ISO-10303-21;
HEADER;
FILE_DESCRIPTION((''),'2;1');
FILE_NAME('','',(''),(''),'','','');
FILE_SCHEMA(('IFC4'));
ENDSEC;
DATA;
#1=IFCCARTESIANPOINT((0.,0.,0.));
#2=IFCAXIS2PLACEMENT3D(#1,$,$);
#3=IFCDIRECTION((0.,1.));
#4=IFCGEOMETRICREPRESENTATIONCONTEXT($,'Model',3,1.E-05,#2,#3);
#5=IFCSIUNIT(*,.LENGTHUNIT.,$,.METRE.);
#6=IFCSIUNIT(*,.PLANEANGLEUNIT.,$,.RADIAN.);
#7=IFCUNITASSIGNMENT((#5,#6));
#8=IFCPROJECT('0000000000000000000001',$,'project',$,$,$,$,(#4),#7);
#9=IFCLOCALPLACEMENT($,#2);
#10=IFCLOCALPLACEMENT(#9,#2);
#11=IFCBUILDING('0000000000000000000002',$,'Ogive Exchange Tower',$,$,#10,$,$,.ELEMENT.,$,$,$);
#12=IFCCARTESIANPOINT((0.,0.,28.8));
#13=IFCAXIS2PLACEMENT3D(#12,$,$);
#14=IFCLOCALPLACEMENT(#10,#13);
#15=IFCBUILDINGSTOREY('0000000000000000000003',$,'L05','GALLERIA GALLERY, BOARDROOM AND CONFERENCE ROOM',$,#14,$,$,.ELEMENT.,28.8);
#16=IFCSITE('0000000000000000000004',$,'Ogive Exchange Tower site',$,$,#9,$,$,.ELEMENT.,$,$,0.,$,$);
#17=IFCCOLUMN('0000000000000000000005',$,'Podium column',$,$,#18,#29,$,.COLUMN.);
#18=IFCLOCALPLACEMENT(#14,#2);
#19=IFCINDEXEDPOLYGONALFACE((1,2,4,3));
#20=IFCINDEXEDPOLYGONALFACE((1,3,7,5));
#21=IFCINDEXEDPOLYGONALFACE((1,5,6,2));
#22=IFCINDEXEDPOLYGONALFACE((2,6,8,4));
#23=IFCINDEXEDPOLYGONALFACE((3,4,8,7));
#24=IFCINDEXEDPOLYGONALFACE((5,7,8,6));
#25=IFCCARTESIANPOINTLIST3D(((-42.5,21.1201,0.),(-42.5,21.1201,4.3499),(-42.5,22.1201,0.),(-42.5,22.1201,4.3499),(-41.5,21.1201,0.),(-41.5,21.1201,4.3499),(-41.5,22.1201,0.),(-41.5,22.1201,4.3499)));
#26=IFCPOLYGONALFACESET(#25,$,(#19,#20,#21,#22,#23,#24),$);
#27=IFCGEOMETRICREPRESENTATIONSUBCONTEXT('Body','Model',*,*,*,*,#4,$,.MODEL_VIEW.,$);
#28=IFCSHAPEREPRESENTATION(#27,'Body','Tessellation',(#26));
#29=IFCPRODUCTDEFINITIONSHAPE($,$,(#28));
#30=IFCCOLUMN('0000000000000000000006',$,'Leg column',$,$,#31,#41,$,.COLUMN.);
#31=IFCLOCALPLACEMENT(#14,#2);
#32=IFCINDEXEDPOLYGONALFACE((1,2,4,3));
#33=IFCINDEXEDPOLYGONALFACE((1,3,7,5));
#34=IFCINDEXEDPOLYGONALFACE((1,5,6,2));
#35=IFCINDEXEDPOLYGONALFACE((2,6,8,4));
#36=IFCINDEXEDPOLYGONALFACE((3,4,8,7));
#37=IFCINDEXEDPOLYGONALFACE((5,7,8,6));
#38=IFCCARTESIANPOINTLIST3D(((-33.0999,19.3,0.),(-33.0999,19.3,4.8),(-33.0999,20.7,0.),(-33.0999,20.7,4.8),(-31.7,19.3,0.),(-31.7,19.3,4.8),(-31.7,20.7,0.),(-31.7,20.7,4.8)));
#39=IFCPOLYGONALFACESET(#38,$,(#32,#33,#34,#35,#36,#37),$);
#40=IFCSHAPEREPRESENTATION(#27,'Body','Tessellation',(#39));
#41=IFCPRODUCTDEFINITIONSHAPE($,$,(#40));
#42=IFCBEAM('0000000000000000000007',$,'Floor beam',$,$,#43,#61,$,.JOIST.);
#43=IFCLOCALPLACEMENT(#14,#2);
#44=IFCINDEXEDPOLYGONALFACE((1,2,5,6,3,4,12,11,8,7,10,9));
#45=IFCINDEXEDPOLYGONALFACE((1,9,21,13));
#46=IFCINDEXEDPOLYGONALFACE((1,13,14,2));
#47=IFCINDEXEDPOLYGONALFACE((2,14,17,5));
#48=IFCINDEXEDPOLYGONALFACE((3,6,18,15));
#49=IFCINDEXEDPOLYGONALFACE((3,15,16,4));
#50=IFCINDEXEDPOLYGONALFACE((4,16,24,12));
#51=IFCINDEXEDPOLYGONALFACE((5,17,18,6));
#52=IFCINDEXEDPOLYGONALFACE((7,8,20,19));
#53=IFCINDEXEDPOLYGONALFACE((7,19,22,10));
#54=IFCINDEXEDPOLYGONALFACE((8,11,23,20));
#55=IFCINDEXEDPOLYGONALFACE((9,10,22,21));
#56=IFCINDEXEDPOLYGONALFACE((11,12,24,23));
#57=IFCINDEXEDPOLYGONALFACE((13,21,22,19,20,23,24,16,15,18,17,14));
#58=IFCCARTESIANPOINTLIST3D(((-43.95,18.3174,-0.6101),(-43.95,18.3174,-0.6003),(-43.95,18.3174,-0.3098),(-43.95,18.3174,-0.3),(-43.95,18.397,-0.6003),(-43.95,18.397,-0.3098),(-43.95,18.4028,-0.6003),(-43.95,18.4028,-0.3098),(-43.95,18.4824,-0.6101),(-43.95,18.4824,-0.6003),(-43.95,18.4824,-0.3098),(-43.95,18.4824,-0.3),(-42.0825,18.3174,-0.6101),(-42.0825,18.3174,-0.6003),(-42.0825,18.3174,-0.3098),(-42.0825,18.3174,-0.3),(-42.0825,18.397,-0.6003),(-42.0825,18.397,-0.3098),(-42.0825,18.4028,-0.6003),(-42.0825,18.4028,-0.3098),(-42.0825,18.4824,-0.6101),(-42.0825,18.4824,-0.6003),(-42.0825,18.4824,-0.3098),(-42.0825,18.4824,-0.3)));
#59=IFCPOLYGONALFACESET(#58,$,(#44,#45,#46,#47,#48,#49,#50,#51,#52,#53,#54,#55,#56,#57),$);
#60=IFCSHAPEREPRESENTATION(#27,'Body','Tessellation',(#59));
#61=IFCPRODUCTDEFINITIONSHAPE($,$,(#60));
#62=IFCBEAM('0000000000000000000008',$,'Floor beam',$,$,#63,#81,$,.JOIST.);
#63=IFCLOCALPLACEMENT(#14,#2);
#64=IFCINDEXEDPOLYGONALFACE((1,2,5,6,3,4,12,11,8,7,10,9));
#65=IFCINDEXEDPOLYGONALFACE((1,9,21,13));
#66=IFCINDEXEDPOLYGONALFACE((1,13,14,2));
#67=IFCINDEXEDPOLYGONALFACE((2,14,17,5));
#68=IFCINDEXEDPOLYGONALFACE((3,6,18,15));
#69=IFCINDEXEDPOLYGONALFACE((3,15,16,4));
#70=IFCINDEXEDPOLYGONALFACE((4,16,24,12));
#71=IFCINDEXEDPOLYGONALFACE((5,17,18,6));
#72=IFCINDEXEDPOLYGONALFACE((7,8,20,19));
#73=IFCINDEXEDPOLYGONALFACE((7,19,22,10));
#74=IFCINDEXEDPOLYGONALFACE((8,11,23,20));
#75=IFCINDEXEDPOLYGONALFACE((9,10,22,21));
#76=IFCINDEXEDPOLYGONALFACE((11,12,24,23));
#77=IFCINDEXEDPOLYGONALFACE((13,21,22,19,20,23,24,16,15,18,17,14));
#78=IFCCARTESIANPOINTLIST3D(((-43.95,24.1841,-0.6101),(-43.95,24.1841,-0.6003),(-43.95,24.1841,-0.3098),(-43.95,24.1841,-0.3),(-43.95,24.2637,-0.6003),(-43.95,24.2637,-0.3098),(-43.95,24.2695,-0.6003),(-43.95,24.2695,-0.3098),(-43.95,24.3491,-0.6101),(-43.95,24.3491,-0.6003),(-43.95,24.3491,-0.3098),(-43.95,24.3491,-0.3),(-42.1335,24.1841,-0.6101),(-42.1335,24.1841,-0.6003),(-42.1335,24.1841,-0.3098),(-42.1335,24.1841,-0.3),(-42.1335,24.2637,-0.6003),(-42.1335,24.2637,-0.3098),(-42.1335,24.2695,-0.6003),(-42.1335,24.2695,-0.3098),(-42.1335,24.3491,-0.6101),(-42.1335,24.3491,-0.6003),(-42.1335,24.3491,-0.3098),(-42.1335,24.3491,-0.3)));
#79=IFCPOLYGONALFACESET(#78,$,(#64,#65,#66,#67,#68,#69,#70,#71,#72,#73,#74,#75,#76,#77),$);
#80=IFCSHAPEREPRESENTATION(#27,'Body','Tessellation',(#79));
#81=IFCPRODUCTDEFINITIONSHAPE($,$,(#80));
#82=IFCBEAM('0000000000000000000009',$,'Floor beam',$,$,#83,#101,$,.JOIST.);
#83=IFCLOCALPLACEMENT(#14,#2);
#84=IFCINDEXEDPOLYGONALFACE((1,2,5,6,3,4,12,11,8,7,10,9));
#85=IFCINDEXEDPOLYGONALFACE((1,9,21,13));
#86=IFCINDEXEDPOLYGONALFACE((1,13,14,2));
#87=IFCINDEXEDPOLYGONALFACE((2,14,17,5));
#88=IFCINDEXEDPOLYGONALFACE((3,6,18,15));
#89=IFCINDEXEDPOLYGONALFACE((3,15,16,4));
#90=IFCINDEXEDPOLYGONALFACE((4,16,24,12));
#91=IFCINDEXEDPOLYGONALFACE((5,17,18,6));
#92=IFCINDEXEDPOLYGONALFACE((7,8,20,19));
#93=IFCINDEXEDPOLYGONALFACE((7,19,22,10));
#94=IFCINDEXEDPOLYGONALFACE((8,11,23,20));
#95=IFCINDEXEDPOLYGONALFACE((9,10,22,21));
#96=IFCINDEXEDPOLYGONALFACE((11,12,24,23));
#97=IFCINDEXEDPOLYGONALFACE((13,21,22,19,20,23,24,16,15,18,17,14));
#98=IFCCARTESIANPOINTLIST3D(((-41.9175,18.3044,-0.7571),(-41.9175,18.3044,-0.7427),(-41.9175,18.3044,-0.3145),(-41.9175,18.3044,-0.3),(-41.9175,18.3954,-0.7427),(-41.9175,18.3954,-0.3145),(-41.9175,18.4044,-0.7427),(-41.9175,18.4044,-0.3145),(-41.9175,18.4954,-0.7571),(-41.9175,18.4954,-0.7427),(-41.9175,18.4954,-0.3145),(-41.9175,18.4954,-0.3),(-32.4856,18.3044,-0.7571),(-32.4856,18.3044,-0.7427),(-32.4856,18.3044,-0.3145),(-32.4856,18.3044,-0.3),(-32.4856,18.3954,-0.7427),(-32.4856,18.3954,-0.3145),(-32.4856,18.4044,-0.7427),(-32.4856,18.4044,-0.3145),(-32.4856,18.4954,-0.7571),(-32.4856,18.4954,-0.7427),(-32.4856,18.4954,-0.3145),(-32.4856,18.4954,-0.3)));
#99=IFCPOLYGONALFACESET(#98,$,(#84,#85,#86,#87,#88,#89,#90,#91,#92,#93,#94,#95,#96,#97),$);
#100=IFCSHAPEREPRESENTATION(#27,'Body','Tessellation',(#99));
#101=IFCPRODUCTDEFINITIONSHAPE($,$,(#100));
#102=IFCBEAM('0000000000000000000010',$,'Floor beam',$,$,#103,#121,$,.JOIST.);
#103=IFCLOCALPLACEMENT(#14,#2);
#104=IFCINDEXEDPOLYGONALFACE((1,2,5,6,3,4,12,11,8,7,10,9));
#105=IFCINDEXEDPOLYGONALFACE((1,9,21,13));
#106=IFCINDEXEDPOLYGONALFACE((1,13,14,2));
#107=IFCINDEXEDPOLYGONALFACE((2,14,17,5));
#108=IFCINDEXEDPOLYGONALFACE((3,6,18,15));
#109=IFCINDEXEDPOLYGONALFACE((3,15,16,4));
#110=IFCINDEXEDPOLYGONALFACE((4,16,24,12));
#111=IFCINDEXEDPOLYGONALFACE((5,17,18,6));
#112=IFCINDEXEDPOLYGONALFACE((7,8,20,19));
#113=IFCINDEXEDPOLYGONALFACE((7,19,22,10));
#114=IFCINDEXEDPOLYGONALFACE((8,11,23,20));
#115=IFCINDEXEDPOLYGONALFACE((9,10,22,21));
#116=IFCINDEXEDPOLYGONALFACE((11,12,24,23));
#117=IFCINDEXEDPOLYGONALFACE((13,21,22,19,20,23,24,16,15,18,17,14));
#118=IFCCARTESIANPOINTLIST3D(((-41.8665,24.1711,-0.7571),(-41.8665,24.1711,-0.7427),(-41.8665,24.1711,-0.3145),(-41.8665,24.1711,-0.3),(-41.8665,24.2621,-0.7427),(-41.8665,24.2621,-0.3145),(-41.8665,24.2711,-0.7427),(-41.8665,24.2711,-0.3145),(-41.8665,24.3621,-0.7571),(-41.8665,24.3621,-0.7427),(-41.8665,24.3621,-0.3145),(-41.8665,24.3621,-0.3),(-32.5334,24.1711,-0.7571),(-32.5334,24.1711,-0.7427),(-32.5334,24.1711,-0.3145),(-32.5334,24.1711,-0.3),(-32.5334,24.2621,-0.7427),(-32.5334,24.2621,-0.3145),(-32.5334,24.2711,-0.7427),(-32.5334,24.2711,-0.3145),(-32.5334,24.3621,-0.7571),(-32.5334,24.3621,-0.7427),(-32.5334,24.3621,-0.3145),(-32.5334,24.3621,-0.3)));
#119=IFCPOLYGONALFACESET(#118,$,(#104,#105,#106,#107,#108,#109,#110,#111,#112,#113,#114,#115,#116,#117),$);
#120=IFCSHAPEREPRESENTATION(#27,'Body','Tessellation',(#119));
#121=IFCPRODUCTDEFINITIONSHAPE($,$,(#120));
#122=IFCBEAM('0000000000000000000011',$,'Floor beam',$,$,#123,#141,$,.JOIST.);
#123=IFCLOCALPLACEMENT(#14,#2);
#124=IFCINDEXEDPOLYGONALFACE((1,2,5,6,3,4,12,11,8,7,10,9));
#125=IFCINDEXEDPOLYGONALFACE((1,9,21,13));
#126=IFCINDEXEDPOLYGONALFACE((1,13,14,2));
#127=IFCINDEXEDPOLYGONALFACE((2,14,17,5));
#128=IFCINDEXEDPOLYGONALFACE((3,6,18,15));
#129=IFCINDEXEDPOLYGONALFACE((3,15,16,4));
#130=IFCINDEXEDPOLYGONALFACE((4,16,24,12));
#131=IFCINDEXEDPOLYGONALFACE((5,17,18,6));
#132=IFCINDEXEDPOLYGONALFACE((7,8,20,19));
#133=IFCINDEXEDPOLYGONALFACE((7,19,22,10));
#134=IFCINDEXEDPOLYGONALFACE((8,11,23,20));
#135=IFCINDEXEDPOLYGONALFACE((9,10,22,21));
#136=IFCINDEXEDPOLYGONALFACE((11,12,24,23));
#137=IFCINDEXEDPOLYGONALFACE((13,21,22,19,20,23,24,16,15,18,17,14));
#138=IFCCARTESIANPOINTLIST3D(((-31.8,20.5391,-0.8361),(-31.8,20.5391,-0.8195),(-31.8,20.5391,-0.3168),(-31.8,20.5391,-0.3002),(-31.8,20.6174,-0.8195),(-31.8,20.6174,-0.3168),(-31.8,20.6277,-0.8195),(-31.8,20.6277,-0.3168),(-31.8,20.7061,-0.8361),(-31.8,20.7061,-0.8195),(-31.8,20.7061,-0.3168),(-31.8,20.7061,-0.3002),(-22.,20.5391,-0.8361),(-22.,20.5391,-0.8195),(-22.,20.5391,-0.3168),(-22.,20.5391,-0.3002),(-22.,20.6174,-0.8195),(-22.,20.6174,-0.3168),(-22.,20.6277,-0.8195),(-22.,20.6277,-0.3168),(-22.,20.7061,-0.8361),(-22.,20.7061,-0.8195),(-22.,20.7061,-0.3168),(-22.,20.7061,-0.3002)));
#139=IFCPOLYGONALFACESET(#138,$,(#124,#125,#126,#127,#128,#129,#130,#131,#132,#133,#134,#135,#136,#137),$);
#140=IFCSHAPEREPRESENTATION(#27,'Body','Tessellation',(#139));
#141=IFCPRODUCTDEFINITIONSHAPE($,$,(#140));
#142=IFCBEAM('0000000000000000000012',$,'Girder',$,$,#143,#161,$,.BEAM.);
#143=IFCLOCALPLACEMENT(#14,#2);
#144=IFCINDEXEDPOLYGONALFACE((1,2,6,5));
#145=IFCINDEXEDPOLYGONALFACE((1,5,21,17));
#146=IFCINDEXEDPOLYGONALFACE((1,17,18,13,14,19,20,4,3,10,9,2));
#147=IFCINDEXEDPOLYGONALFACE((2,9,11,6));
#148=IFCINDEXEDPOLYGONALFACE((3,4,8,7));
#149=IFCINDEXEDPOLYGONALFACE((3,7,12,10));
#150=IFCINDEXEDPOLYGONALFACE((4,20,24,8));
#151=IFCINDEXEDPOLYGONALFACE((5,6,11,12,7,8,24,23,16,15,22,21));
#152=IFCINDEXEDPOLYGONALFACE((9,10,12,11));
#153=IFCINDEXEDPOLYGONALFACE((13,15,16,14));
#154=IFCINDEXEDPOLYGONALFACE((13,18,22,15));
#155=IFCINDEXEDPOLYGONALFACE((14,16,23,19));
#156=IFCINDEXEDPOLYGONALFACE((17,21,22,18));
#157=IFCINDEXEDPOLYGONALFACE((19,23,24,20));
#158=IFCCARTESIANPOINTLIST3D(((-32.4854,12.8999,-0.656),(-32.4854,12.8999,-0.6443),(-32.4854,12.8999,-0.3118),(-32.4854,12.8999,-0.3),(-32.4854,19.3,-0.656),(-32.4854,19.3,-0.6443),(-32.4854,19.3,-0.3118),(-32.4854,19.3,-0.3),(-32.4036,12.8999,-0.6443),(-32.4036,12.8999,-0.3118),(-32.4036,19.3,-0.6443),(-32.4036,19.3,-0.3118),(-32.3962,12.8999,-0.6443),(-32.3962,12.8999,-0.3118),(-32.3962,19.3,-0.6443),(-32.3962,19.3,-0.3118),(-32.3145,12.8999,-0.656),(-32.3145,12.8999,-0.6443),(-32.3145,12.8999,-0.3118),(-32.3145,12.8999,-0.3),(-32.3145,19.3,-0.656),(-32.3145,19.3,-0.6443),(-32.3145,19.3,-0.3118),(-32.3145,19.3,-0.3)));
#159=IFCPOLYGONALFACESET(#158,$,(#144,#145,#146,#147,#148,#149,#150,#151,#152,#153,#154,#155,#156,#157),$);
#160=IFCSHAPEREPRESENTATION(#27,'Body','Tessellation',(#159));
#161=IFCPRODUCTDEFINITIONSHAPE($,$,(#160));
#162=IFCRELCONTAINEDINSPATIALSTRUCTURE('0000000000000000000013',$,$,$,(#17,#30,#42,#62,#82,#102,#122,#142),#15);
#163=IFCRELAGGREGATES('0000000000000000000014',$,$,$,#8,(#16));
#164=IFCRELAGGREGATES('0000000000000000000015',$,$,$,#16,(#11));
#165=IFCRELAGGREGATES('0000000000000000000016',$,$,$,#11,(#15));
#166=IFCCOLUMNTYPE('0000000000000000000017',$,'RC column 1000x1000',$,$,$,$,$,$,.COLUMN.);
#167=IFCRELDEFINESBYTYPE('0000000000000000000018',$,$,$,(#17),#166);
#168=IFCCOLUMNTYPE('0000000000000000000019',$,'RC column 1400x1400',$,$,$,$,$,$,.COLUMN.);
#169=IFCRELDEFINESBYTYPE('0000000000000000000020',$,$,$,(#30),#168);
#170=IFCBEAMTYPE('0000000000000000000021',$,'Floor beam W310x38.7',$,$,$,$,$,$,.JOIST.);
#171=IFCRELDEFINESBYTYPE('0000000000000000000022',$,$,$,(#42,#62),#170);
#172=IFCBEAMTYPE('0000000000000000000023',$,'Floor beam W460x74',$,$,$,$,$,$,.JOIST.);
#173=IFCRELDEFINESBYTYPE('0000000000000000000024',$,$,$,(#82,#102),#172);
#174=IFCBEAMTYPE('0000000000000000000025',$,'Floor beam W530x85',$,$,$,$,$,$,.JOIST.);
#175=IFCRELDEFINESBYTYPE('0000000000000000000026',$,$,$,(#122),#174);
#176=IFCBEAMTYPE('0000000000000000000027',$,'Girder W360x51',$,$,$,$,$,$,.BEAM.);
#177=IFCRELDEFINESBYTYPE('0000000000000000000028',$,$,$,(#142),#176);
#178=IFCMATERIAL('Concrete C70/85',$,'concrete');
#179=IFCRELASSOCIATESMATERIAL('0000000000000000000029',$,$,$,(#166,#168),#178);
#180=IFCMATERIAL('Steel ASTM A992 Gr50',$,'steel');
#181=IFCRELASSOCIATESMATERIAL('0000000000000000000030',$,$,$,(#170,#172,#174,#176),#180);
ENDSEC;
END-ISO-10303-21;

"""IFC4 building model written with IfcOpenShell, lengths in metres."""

from ifc_helpers import new_model, si_unit, direction, frame, origin, origin_2d, place, context, subcontext, project, spatial, rectangle, i_section, extrude, material, material_profile, profile_set, type_object, element, save


model = new_model("IFC4")

# Units and contexts
model_context = context("Model", 3, precision=1e-05, world=origin(), true_north=direction((0.0, 1.0)))
body_context = subcontext(model_context, "Body", "Model", "MODEL_VIEW")
ifc_project = project(units=[si_unit("LENGTHUNIT", "METRE"), si_unit("PLANEANGLEUNIT", "RADIAN")], contexts=[model_context])

# Site, building, storey
site_placement = place(None, origin())
site = spatial("IfcSite", under=ifc_project, at=site_placement, Name="Ogive Exchange Tower site", CompositionType="ELEMENT", RefElevation=0.0)
building_placement = place(site_placement, origin())
building = spatial("IfcBuilding", under=site, at=building_placement, Name="Ogive Exchange Tower", CompositionType="ELEMENT")
storey_placement = place(building_placement, frame((0.0, 0.0, 28.8)))
storey = spatial("IfcBuildingStorey", under=building, at=storey_placement, Name="L05", Description="GALLERIA GALLERY, BOARDROOM AND CONFERENCE ROOM", CompositionType="ELEMENT", Elevation=28.8)

# Columns
ifc_material_1 = material(Name="Concrete C70/85", Category="concrete")
ifc_material_profile_1 = material_profile(ifc_material_1, rectangle(XDim=1.0, YDim=1.0, at=origin_2d()), Name="RC 1000x1000")
ifc_profile_set_1 = profile_set([ifc_material_profile_1], Name="Concrete C70/85")
column_type_1 = type_object("IfcColumnType", Name="RC column 1000x1000", PredefinedType="COLUMN", material=ifc_profile_set_1)
column_1_placement = place(storey_placement, frame((-42.0, 21.6201, 0.0), z_axis=(0.0, 0.0, 1.0), x_axis=(1.0, 0.0, 0.0)))
element("IfcColumn", 1, at=column_1_placement, inside=storey, type_object=column_type_1, Name="Podium column", PredefinedType="COLUMN", context=body_context, shape_type="SweptSolid", body=[
    extrude(rectangle(XDim=1.0, YDim=1.0, at=origin_2d()), origin(), (0.0, 0.0, 1.0), 4.3499),
])
ifc_material_profile_2 = material_profile(ifc_material_1, rectangle(XDim=1.3999, YDim=1.3999, at=origin_2d()), Name="RC 1400x1400")
ifc_profile_set_2 = profile_set([ifc_material_profile_2], Name="Concrete C70/85")
column_type_2 = type_object("IfcColumnType", Name="RC column 1400x1400", PredefinedType="COLUMN", material=ifc_profile_set_2)
column_2_placement = place(storey_placement, frame((-32.3999, 20.0, 0.0), z_axis=(0.0, 0.0, 1.0), x_axis=(1.0, 0.0, 0.0)))
element("IfcColumn", 2, at=column_2_placement, inside=storey, type_object=column_type_2, Name="Leg column", PredefinedType="COLUMN", context=body_context, shape_type="SweptSolid", body=[
    extrude(rectangle(XDim=1.3999, YDim=1.3999, at=origin_2d()), origin(), (0.0, 0.0, 1.0), 4.8),
])

# Beams
ifc_material_2 = material(Name="Steel ASTM A992 Gr50", Category="steel")
ifc_material_profile_3 = material_profile(ifc_material_2, i_section(OverallWidth=0.165, OverallDepth=0.3101, WebThickness=0.0059, FlangeThickness=0.0098, at=origin_2d()), Name="W310x38.7")
ifc_profile_set_3 = profile_set([ifc_material_profile_3], Name="Steel ASTM A992 Gr50")
beam_type_1 = type_object("IfcBeamType", Name="Floor beam W310x38.7", PredefinedType="JOIST", material=ifc_profile_set_3)
beam_1_placement = place(storey_placement, frame((-43.95, 18.3999, -0.4551), z_axis=(1.0, 0.0, 0.0), x_axis=(0.0, 1.0, 0.0)))
element("IfcBeam", 3, at=beam_1_placement, inside=storey, type_object=beam_type_1, Name="Floor beam", PredefinedType="JOIST", context=body_context, shape_type="SweptSolid", body=[
    extrude(i_section(OverallWidth=0.165, OverallDepth=0.3101, WebThickness=0.0059, FlangeThickness=0.0098, at=origin_2d()), origin(), (0.0, 0.0, 1.0), 1.8674),
])
beam_2_placement = place(storey_placement, frame((-43.95, 24.2666, -0.4551), z_axis=(1.0, 0.0, 0.0), x_axis=(0.0, 1.0, 0.0)))
element("IfcBeam", 4, at=beam_2_placement, inside=storey, type_object=beam_type_1, Name="Floor beam", PredefinedType="JOIST", context=body_context, shape_type="SweptSolid", body=[
    extrude(i_section(OverallWidth=0.165, OverallDepth=0.3101, WebThickness=0.0059, FlangeThickness=0.0098, at=origin_2d()), origin(), (0.0, 0.0, 1.0), 1.8164),
])
ifc_material_profile_4 = material_profile(ifc_material_2, i_section(OverallWidth=0.1909, OverallDepth=0.457, WebThickness=0.009, FlangeThickness=0.0144, at=origin_2d()), Name="W460x74")
ifc_profile_set_4 = profile_set([ifc_material_profile_4], Name="Steel ASTM A992 Gr50")
beam_type_2 = type_object("IfcBeamType", Name="Floor beam W460x74", PredefinedType="JOIST", material=ifc_profile_set_4)
beam_3_placement = place(storey_placement, frame((-41.9175, 18.3999, -0.5286), z_axis=(1.0, 0.0, 0.0), x_axis=(0.0, 1.0, 0.0)))
element("IfcBeam", 5, at=beam_3_placement, inside=storey, type_object=beam_type_2, Name="Floor beam", PredefinedType="JOIST", context=body_context, shape_type="SweptSolid", body=[
    extrude(i_section(OverallWidth=0.1909, OverallDepth=0.457, WebThickness=0.009, FlangeThickness=0.0144, at=origin_2d()), origin(), (0.0, 0.0, 1.0), 9.4319),
])
beam_4_placement = place(storey_placement, frame((-41.8665, 24.2666, -0.5286), z_axis=(1.0, 0.0, 0.0), x_axis=(0.0, 1.0, 0.0)))
element("IfcBeam", 6, at=beam_4_placement, inside=storey, type_object=beam_type_2, Name="Floor beam", PredefinedType="JOIST", context=body_context, shape_type="SweptSolid", body=[
    extrude(i_section(OverallWidth=0.1909, OverallDepth=0.457, WebThickness=0.009, FlangeThickness=0.0144, at=origin_2d()), origin(), (0.0, 0.0, 1.0), 9.333),
])
ifc_material_profile_5 = material_profile(ifc_material_2, i_section(OverallWidth=0.167, OverallDepth=0.5359, WebThickness=0.0103, FlangeThickness=0.0166, at=origin_2d()), Name="W530x85")
ifc_profile_set_5 = profile_set([ifc_material_profile_5], Name="Steel ASTM A992 Gr50")
beam_type_3 = type_object("IfcBeamType", Name="Floor beam W530x85", PredefinedType="JOIST", material=ifc_profile_set_5)
beam_5_placement = place(storey_placement, frame((-31.8, 20.6226, -0.5681), z_axis=(1.0, 0.0, 0.0), x_axis=(0.0, 1.0, 0.0)))
element("IfcBeam", 7, at=beam_5_placement, inside=storey, type_object=beam_type_3, Name="Floor beam", PredefinedType="JOIST", context=body_context, shape_type="SweptSolid", body=[
    extrude(i_section(OverallWidth=0.167, OverallDepth=0.5359, WebThickness=0.0103, FlangeThickness=0.0166, at=origin_2d()), origin(), (0.0, 0.0, 1.0), 9.8),
])
ifc_material_profile_6 = material_profile(ifc_material_2, i_section(OverallWidth=0.1709, OverallDepth=0.356, WebThickness=0.0073, FlangeThickness=0.0117, at=origin_2d()), Name="W360x51")
ifc_profile_set_6 = profile_set([ifc_material_profile_6], Name="Steel ASTM A992 Gr50")
beam_type_4 = type_object("IfcBeamType", Name="Girder W360x51", PredefinedType="BEAM", material=ifc_profile_set_6)
beam_6_placement = place(storey_placement, frame((-32.3999, 19.3, -0.478), z_axis=(0.0, -1.0, 0.0), x_axis=(1.0, 0.0, 0.0)))
element("IfcBeam", 8, at=beam_6_placement, inside=storey, type_object=beam_type_4, Name="Girder", PredefinedType="BEAM", context=body_context, shape_type="SweptSolid", body=[
    extrude(i_section(OverallWidth=0.1709, OverallDepth=0.356, WebThickness=0.0073, FlangeThickness=0.0117, at=origin_2d()), origin(), (0.0, 0.0, 1.0), 6.4001),
])

save(model, "model.ifc")
